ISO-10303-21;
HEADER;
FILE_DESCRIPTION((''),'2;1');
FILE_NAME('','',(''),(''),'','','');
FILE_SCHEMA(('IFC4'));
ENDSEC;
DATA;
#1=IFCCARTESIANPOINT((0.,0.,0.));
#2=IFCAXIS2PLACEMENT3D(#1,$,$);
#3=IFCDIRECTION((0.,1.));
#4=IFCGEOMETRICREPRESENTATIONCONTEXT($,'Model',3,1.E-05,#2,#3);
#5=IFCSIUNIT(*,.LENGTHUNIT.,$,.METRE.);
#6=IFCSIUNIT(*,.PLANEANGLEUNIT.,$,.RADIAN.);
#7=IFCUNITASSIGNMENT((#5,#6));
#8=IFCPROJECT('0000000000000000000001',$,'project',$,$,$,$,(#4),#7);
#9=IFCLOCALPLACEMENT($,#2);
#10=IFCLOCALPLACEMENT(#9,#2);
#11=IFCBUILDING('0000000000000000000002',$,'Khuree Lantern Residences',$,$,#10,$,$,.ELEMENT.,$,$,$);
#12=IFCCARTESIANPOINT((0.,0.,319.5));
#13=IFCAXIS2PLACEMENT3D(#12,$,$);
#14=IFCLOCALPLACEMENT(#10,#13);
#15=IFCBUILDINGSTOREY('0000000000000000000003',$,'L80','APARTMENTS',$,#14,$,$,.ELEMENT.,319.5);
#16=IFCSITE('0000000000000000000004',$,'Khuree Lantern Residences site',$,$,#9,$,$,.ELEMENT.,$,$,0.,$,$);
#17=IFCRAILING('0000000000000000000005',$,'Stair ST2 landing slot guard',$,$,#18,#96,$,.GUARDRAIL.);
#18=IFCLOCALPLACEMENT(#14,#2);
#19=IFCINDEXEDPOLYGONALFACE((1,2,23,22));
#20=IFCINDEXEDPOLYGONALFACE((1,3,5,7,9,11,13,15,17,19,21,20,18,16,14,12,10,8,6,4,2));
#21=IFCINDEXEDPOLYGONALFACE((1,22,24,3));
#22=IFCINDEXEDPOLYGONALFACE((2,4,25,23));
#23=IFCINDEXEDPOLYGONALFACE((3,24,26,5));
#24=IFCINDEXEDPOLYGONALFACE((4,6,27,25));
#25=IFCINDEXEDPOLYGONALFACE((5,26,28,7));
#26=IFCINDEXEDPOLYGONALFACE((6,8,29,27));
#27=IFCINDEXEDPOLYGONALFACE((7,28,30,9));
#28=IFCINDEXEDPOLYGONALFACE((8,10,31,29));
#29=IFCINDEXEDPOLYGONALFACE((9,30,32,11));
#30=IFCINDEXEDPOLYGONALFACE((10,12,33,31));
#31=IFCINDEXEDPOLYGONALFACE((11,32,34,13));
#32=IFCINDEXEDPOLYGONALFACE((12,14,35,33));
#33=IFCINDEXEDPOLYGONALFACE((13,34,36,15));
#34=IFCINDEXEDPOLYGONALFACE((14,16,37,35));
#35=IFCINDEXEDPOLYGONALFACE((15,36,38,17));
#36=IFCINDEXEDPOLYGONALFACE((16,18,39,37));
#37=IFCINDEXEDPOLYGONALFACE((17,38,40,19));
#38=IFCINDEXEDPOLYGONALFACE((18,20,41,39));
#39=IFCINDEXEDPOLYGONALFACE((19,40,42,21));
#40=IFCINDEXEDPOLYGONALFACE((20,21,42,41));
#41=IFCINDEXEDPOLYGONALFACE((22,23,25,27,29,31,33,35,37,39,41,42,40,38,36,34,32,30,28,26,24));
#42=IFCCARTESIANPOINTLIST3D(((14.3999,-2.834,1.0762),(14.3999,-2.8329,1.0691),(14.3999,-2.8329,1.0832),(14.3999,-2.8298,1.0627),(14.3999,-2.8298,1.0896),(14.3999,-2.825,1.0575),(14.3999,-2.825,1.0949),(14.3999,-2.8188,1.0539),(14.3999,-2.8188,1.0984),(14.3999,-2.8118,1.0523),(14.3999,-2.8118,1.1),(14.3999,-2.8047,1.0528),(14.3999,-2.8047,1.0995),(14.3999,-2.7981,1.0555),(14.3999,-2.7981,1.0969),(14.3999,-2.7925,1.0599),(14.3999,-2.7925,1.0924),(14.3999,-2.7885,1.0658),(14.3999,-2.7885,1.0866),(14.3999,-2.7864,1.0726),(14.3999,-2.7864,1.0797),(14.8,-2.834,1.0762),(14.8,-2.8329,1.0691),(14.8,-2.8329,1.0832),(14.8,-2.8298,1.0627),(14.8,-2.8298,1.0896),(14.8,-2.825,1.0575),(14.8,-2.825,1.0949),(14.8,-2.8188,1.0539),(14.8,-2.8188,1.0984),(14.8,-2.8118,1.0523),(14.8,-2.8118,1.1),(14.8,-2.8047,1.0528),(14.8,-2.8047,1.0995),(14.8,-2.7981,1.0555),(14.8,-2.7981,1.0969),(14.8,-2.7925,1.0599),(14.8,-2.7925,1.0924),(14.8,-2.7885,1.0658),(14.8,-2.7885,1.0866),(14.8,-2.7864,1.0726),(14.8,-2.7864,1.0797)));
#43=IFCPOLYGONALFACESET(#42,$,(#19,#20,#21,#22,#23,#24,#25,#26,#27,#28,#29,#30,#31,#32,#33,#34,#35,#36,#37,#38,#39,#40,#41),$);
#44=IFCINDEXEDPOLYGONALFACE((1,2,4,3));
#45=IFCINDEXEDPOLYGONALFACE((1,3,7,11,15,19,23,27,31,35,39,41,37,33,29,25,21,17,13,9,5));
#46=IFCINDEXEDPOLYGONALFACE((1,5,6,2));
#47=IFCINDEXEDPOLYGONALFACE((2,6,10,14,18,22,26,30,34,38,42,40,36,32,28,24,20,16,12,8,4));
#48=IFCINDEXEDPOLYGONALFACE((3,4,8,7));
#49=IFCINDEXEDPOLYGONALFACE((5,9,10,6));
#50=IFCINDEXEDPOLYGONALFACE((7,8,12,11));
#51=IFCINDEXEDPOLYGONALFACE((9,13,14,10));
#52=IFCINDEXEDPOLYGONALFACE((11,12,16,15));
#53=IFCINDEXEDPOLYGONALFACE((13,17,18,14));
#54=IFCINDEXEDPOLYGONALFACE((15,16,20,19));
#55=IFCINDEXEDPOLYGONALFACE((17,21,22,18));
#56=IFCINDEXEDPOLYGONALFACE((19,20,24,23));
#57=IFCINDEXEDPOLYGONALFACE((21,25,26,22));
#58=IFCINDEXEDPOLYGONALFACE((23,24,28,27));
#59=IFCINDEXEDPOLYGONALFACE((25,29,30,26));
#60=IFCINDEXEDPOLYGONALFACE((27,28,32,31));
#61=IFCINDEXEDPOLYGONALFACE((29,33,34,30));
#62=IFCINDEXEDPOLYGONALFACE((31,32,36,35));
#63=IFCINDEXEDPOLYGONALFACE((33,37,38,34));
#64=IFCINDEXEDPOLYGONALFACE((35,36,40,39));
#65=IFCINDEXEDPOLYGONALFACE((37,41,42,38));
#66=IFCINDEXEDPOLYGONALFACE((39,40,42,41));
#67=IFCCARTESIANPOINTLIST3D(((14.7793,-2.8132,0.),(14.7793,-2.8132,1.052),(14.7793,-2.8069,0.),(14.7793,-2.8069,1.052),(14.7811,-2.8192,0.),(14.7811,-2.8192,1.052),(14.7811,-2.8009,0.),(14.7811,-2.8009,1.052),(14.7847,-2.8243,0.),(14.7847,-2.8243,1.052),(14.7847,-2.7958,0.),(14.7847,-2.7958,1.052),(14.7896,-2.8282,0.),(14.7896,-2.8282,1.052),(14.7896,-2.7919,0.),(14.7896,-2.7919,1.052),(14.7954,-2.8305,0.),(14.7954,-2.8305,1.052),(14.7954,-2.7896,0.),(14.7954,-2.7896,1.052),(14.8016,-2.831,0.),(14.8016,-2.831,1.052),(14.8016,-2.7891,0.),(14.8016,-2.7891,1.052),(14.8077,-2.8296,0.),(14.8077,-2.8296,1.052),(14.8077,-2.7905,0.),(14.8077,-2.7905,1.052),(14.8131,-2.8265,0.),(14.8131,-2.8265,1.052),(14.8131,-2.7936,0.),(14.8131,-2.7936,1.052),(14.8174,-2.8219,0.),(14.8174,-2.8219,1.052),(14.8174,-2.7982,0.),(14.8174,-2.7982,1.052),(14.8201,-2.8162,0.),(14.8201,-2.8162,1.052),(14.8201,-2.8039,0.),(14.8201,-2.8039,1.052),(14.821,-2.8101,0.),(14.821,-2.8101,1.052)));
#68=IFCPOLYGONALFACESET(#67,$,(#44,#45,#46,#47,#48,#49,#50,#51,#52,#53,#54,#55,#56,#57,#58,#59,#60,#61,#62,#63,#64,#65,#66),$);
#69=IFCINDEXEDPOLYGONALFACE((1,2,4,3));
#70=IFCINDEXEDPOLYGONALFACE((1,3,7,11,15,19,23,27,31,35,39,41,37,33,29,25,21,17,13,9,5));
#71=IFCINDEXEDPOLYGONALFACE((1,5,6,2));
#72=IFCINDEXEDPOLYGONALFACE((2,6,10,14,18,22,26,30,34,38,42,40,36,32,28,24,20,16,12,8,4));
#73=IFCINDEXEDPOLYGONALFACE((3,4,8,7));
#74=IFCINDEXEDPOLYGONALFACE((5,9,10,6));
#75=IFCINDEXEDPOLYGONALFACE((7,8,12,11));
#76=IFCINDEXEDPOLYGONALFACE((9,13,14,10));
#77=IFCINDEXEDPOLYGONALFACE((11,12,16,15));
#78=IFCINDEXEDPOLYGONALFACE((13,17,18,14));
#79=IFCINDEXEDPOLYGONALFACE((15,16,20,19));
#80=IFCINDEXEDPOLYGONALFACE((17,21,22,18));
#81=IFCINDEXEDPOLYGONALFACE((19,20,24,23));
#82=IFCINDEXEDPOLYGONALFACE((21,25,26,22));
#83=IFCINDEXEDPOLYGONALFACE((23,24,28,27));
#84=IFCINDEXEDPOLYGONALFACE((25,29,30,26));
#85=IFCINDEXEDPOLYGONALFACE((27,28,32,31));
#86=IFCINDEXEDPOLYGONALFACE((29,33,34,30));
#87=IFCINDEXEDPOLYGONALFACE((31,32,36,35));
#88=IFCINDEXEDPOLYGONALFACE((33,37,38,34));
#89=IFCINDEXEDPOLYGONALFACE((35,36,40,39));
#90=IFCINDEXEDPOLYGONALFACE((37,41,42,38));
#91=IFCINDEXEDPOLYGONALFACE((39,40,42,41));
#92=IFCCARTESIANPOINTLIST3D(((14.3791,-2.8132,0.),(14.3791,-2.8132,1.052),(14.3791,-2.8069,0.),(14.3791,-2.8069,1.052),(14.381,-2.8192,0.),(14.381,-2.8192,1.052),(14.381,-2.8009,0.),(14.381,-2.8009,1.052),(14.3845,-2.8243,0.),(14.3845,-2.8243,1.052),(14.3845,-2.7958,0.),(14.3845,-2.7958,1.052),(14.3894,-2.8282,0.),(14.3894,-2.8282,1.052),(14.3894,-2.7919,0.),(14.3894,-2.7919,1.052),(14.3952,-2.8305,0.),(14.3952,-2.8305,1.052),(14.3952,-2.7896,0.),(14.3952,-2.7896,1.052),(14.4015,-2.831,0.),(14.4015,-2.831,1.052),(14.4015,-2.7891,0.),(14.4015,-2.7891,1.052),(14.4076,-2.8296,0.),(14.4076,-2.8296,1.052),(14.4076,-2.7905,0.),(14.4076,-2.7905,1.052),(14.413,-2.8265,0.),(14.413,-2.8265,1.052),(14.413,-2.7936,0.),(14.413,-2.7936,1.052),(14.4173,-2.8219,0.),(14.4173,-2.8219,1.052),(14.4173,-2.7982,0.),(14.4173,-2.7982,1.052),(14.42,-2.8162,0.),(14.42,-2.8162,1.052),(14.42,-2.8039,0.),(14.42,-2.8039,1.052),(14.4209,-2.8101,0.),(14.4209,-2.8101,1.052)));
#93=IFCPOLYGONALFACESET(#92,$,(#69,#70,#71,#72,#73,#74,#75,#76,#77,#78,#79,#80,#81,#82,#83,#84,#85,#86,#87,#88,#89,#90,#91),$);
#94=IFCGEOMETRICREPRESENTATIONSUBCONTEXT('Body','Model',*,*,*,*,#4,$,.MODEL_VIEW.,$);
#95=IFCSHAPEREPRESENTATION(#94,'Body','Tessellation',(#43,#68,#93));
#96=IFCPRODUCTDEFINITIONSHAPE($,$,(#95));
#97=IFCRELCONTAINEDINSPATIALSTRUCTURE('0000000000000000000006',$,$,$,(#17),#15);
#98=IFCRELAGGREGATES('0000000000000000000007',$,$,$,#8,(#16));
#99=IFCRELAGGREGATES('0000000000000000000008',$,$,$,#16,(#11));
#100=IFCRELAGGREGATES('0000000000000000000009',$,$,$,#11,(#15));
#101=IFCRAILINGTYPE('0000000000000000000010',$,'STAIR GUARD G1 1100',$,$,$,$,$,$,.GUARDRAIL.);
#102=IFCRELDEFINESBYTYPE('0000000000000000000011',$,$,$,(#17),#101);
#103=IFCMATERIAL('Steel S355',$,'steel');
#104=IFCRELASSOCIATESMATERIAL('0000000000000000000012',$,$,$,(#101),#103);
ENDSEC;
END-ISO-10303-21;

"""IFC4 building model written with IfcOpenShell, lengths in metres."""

from ifc_helpers import new_model, si_unit, direction, frame, origin, origin_2d, place, context, subcontext, project, spatial, circle, extrude, material, type_object, element, save


model = new_model("IFC4")

# Units and contexts
model_context = context("Model", 3, precision=1e-05, world=origin(), true_north=direction((0.0, 1.0)))
body_context = subcontext(model_context, "Body", "Model", "MODEL_VIEW")
ifc_project = project(units=[si_unit("LENGTHUNIT", "METRE"), si_unit("PLANEANGLEUNIT", "RADIAN")], contexts=[model_context])

# Site, building, storey
site_placement = place(None, origin())
site = spatial("IfcSite", under=ifc_project, at=site_placement, Name="Khuree Lantern Residences site", CompositionType="ELEMENT", RefElevation=0.0)
building_placement = place(site_placement, origin())
building = spatial("IfcBuilding", under=site, at=building_placement, Name="Khuree Lantern Residences", CompositionType="ELEMENT")
storey_placement = place(building_placement, frame((0.0, 0.0, 319.5)))
storey = spatial("IfcBuildingStorey", under=building, at=storey_placement, Name="L80", Description="APARTMENTS", CompositionType="ELEMENT", Elevation=319.5)

# Railing
ifc_material_1 = material(Name="Steel S355", Category="steel")
railing_type_1 = type_object("IfcRailingType", Name="STAIR GUARD G1 1100", PredefinedType="GUARDRAIL", material=ifc_material_1)
railing_1_placement = place(storey_placement, frame((14.8, -2.8101, 0.0)))
element("IfcRailing", 1, at=railing_1_placement, inside=storey, type_object=railing_type_1, Name="Stair ST2 landing slot guard", PredefinedType="GUARDRAIL", context=body_context, shape_type="SweptSolid", body=[
    extrude(circle(Radius=0.0239, at=origin_2d()), frame((0.0, 0.0, 1.0762), z_axis=(-1.0, 0.0, 0.0), x_axis=(0.0, -1.0, 0.0)), (0.0, 0.0, 1.0), 0.4001),
    extrude(circle(Radius=0.021, at=origin_2d()), origin(), (0.0, 0.0, 1.0), 1.052),
    extrude(circle(Radius=0.021, at=origin_2d()), frame((-0.4001, 0.0, 0.0)), (0.0, 0.0, 1.0), 1.052),
])

save(model, "model.ifc")
